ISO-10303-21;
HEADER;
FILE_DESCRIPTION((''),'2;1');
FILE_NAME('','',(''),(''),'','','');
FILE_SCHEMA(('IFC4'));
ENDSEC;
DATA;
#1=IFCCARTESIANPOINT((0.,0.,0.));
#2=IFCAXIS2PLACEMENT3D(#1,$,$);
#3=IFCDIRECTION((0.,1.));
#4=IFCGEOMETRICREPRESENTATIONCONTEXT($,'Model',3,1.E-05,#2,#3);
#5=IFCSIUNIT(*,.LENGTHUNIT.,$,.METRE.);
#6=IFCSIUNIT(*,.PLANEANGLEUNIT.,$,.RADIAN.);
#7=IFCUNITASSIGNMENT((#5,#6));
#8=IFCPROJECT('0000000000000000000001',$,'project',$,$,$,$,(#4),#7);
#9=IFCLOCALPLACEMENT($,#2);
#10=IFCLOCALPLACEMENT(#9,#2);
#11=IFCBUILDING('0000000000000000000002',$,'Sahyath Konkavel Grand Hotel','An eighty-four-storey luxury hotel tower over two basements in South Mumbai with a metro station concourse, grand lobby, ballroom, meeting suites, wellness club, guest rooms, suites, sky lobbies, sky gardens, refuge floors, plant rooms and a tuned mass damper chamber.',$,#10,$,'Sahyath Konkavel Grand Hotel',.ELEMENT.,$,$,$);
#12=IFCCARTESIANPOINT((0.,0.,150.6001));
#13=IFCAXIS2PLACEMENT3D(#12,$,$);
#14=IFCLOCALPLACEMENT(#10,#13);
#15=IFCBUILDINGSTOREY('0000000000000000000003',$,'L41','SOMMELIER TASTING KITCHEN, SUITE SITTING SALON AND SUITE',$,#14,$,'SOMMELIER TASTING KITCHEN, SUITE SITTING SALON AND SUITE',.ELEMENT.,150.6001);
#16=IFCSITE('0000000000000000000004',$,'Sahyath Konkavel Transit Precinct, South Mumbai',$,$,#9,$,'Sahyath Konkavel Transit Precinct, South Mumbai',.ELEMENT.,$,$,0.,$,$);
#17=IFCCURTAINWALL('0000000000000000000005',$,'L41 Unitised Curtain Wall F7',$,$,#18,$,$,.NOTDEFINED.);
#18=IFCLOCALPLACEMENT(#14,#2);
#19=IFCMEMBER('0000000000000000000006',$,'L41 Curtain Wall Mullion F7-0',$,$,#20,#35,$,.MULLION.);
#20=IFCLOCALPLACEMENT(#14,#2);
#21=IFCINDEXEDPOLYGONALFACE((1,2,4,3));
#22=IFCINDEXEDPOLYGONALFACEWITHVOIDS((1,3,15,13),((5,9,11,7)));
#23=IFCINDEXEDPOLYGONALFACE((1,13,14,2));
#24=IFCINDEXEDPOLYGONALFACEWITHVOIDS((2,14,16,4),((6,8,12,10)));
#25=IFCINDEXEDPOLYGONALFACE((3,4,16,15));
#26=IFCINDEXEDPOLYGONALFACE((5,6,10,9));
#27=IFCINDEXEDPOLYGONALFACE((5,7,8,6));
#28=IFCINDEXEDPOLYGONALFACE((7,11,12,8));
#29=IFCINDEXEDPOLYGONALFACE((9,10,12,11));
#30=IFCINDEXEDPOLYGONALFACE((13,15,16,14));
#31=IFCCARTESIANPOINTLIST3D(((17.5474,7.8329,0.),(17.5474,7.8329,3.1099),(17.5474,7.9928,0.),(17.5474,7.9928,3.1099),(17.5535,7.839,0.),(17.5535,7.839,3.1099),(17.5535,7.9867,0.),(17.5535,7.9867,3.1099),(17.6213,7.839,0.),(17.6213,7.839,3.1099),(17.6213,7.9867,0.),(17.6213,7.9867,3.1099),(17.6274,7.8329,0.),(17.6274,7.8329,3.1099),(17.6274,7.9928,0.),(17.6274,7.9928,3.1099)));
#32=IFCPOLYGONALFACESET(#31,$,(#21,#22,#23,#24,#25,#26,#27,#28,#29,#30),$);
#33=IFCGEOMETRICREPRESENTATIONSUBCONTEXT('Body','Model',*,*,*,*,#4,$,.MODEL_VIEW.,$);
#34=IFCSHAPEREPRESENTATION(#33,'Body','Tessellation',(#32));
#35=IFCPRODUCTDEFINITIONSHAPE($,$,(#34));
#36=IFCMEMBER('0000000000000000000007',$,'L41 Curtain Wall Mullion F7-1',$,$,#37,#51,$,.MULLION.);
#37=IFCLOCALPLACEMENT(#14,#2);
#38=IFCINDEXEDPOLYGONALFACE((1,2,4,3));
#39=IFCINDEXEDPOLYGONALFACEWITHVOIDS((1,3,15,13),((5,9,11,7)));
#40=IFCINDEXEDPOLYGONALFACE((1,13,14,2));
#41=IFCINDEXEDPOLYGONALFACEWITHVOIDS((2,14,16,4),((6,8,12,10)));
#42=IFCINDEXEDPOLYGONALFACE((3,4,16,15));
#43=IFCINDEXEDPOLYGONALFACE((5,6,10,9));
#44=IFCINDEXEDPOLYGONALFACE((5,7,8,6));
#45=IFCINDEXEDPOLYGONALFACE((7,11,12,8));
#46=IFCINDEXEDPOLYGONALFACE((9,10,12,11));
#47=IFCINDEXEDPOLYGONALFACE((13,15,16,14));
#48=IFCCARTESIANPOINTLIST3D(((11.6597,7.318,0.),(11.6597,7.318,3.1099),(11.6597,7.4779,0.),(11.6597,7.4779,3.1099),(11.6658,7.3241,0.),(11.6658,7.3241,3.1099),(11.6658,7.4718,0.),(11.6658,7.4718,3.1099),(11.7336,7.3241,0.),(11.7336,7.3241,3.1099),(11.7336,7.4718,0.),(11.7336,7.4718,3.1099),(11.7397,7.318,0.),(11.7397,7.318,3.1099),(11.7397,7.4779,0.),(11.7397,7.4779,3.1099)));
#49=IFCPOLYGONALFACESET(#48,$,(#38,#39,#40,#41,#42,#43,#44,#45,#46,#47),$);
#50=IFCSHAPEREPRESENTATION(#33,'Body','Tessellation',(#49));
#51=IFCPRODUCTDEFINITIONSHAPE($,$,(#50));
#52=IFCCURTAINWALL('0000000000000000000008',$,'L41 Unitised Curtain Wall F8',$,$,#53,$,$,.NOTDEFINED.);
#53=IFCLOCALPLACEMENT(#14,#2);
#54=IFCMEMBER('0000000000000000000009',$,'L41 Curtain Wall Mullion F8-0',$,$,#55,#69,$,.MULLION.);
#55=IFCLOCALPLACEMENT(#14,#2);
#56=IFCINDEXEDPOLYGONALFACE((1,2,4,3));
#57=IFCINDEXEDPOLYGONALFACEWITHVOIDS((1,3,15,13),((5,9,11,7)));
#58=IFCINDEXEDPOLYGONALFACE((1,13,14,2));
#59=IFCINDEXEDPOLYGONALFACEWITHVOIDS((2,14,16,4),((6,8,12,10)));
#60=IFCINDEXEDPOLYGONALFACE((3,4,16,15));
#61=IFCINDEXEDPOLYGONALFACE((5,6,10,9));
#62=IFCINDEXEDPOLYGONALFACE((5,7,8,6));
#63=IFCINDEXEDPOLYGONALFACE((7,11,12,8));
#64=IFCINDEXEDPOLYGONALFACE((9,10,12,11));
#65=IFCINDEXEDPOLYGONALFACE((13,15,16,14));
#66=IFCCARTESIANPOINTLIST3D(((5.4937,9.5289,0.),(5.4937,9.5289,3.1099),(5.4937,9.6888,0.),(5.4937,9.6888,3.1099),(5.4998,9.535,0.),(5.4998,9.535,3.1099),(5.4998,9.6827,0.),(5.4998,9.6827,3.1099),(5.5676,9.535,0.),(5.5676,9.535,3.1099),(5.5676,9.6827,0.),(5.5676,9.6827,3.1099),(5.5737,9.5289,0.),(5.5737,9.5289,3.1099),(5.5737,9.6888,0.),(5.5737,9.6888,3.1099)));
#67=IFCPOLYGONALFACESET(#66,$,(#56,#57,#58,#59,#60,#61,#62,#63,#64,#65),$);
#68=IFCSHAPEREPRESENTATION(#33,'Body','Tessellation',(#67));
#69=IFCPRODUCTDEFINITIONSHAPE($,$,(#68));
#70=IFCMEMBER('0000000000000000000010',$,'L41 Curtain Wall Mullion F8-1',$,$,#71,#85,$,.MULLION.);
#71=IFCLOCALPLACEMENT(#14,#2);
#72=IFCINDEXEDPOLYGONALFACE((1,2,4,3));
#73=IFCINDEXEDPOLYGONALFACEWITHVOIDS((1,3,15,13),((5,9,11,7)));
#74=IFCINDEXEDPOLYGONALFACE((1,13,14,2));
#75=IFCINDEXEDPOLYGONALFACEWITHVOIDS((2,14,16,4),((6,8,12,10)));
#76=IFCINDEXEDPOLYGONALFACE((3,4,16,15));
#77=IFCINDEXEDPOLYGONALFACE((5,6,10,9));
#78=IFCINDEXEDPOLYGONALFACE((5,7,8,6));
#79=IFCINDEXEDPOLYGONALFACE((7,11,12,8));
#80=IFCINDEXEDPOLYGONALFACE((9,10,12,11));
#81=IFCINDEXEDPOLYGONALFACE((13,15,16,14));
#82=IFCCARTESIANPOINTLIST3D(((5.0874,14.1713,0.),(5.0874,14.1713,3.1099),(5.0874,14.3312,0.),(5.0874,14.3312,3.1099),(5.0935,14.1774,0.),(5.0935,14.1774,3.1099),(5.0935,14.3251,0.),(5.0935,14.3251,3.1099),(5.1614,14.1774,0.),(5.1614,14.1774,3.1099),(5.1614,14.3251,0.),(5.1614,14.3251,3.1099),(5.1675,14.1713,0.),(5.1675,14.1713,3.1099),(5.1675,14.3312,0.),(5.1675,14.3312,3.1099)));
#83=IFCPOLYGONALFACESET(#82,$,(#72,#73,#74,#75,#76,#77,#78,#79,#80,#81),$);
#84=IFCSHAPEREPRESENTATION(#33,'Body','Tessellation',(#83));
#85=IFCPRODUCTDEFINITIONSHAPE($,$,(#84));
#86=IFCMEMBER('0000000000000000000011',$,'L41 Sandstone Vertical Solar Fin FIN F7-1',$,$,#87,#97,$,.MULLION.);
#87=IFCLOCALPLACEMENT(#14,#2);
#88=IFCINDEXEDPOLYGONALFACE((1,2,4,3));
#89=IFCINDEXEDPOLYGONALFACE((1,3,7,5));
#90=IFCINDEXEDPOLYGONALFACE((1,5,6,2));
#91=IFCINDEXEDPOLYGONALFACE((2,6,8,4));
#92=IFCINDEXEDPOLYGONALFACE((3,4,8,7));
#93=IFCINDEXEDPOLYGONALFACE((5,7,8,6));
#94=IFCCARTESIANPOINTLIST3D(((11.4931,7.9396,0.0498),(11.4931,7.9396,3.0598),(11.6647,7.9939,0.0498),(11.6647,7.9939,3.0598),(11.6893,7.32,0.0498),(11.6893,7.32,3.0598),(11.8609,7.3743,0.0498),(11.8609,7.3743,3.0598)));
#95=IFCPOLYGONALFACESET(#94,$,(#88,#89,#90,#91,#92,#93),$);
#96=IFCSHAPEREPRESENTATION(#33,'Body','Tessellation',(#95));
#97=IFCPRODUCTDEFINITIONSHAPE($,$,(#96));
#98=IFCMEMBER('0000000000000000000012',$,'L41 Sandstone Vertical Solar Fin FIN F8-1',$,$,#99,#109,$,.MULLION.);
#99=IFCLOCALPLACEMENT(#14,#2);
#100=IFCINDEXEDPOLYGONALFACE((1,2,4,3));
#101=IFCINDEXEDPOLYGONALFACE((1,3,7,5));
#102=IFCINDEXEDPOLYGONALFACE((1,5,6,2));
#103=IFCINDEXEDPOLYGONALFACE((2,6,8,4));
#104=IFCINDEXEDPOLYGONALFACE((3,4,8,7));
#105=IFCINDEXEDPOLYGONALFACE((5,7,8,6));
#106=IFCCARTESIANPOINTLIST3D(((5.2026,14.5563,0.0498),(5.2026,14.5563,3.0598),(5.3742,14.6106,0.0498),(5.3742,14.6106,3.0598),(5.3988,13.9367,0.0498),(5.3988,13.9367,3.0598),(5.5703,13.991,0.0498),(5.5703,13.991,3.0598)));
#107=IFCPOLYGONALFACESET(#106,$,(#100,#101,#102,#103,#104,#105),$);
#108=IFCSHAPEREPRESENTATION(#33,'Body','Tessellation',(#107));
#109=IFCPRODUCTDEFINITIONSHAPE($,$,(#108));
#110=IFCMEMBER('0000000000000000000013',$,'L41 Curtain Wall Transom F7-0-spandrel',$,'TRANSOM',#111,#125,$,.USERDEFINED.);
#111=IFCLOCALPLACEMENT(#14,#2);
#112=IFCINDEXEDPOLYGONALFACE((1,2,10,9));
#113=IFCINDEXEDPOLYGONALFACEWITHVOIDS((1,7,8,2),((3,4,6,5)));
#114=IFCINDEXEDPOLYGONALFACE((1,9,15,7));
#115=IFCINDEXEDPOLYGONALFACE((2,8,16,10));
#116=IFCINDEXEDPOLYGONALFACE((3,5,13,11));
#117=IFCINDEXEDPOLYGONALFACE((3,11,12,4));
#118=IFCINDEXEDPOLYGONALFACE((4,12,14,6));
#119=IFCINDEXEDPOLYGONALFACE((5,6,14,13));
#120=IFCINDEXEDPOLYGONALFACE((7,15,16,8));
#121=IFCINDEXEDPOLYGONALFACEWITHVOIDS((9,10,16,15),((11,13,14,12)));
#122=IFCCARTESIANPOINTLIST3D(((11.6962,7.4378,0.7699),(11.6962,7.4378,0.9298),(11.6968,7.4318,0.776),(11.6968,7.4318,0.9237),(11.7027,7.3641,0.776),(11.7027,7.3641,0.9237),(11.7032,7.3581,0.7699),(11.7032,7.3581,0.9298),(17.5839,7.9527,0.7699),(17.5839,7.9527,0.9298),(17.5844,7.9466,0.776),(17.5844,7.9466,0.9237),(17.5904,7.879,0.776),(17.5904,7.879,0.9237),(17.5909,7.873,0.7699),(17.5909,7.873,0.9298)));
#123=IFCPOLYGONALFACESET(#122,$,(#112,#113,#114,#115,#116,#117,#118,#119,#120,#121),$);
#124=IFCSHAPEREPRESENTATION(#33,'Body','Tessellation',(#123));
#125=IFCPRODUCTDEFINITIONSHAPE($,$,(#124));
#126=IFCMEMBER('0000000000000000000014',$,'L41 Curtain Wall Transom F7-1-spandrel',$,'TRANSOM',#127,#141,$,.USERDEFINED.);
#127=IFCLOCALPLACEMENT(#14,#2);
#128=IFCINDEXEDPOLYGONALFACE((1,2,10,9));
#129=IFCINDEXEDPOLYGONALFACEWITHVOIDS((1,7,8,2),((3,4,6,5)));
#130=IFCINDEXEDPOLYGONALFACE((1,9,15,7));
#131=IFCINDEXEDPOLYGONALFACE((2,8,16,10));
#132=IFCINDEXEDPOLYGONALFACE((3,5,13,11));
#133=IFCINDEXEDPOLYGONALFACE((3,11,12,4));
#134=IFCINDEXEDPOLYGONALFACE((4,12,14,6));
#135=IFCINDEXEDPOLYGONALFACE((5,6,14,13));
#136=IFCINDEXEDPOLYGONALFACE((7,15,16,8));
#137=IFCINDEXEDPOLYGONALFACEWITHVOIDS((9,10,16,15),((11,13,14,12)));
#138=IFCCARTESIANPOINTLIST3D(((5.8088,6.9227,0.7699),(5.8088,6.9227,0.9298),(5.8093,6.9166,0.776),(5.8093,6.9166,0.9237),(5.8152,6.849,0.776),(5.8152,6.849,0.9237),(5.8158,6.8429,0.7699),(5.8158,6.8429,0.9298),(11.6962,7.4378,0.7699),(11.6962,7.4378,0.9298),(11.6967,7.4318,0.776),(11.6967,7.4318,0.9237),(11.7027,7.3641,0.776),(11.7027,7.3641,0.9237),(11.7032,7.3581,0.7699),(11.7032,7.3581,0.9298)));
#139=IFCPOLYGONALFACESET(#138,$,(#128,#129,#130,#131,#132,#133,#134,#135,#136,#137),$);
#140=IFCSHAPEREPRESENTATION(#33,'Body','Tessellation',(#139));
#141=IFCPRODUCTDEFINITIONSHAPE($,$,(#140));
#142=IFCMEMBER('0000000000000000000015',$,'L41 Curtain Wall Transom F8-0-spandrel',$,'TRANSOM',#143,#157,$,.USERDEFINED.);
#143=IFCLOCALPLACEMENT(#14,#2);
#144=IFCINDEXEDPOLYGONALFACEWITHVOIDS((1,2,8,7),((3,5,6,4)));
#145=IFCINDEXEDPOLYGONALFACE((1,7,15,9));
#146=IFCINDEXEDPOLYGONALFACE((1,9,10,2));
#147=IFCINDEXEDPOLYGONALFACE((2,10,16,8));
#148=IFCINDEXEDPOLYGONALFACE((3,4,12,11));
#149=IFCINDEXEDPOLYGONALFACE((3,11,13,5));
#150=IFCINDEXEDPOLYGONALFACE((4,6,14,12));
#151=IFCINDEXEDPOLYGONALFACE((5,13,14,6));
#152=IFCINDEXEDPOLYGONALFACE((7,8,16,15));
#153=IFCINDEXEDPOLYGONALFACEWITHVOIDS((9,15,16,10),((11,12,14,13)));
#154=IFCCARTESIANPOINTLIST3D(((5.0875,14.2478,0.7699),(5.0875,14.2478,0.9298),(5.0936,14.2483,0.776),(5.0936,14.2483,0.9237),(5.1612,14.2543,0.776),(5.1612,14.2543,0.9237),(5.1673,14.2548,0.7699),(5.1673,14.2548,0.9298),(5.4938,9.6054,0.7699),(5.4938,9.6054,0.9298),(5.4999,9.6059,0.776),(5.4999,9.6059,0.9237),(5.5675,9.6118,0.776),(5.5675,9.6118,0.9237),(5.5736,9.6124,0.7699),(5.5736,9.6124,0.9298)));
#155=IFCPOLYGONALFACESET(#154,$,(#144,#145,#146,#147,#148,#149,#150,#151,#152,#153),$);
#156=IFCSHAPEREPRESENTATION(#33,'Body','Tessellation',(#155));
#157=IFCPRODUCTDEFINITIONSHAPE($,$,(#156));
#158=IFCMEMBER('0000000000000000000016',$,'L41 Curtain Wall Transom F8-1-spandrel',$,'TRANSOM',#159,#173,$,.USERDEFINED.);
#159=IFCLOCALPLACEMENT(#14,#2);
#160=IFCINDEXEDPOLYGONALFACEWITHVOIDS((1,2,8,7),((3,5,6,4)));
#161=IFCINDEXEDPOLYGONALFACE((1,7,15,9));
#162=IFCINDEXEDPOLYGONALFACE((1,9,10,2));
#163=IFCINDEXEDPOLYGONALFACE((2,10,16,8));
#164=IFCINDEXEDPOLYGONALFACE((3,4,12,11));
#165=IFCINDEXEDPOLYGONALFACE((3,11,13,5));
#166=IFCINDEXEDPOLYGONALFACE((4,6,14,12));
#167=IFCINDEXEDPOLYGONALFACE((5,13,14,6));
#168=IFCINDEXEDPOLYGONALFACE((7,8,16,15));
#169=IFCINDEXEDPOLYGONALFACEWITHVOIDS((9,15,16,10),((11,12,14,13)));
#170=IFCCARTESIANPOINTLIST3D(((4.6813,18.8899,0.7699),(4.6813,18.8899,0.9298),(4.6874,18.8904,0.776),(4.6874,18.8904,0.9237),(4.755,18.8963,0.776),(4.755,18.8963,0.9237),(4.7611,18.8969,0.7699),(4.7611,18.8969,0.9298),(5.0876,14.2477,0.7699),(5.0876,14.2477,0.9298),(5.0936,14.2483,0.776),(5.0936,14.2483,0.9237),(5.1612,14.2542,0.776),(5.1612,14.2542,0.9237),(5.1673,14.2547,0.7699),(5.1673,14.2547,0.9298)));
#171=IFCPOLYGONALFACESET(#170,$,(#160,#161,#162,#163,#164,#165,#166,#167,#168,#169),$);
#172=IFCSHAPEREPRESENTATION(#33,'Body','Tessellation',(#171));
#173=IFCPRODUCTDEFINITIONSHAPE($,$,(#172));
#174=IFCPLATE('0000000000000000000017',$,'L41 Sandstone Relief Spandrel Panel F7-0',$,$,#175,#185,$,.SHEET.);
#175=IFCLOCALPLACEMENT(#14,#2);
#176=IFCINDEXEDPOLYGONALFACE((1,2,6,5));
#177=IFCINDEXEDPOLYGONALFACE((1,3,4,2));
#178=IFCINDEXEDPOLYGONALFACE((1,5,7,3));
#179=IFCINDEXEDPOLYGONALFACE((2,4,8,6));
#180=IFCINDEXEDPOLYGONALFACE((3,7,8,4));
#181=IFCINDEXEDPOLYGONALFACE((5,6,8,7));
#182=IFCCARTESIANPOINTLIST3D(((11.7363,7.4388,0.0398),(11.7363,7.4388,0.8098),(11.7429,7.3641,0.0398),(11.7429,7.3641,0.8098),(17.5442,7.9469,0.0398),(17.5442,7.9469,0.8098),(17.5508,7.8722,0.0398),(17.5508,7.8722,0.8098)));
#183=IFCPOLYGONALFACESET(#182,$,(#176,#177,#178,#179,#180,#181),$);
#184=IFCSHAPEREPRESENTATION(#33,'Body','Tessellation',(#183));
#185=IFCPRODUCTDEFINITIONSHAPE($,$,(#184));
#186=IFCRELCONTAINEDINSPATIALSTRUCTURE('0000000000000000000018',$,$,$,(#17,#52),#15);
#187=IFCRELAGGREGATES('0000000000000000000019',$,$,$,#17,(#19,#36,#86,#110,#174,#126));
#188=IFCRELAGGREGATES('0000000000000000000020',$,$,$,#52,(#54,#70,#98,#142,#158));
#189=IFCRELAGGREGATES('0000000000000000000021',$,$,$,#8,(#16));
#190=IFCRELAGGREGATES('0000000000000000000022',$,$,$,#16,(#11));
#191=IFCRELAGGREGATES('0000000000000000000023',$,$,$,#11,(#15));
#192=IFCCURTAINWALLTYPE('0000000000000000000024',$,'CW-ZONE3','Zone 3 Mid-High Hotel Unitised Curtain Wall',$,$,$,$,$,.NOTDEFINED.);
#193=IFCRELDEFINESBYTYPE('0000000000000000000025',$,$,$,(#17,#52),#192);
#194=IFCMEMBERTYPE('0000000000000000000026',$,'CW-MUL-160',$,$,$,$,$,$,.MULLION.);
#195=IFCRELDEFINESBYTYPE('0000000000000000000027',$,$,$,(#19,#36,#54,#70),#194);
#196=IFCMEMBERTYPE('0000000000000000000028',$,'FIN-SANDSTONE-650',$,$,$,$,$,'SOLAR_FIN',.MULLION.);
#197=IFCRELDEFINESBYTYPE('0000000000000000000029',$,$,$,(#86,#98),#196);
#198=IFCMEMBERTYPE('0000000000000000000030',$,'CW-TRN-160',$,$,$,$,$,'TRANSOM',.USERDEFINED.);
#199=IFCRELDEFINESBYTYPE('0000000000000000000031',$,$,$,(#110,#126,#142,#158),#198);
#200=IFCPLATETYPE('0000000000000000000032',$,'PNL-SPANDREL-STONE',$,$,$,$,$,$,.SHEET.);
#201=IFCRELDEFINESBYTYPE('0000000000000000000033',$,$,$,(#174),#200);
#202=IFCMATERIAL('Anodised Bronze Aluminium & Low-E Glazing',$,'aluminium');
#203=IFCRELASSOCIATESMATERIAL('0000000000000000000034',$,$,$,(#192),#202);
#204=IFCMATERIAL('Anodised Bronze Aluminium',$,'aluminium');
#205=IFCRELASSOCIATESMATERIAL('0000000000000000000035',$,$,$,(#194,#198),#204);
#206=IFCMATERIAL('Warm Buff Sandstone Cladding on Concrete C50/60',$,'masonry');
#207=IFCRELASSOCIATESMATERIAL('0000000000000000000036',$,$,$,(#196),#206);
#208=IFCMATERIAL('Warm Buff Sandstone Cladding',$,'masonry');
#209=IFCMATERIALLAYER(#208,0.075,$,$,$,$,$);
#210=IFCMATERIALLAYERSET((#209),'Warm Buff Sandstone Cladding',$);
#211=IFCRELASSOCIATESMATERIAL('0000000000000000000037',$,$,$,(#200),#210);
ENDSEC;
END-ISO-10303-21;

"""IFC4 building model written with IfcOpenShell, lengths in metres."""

from ifc_helpers import new_model, si_unit, direction, frame, origin, origin_2d, place, context, subcontext, project, spatial, rectangle, hollow_rectangle, extrude, source, transform, mapped, material, layer, layer_set, material_profile, profile_set, type_object, element, aggregate, save


model = new_model("IFC4")

# Units and contexts
model_context = context("Model", 3, precision=1e-05, world=origin(), true_north=direction((0.0, 1.0)))
body_context = subcontext(model_context, "Body", "Model", "MODEL_VIEW")
ifc_project = project(units=[si_unit("LENGTHUNIT", "METRE"), si_unit("PLANEANGLEUNIT", "RADIAN")], contexts=[model_context])

# Site, building, storey
site_placement = place(None, origin())
site = spatial("IfcSite", under=ifc_project, at=site_placement, Name="Sahyath Konkavel Transit Precinct, South Mumbai", LongName="Sahyath Konkavel Transit Precinct, South Mumbai", CompositionType="ELEMENT", RefElevation=0.0)
building_placement = place(site_placement, origin())
building = spatial("IfcBuilding", under=site, at=building_placement, Name="Sahyath Konkavel Grand Hotel", Description="An eighty-four-storey luxury hotel tower over two basements in South Mumbai with a metro station concourse, grand lobby, ballroom, meeting suites, wellness club, guest rooms, suites, sky lobbies, sky gardens, refuge floors, plant rooms and a tuned mass damper chamber.", LongName="Sahyath Konkavel Grand Hotel", CompositionType="ELEMENT")
storey_placement = place(building_placement, frame((0.0, 0.0, 150.6001)))
storey = spatial("IfcBuildingStorey", under=building, at=storey_placement, Name="L41", Description="SOMMELIER TASTING KITCHEN, SUITE SITTING SALON AND SUITE", LongName="SOMMELIER TASTING KITCHEN, SUITE SITTING SALON AND SUITE", CompositionType="ELEMENT", Elevation=150.6001)

# Curtain walls, members
ifc_material_1 = material(Name="Anodised Bronze Aluminium & Low-E Glazing", Category="aluminium")
curtain_wall_type = type_object("IfcCurtainWallType", Name="CW-ZONE3", Description="Zone 3 Mid-High Hotel Unitised Curtain Wall", PredefinedType="NOTDEFINED", material=ifc_material_1)
curtain_wall_1_placement = place(storey_placement, origin())
curtain_wall_1 = element("IfcCurtainWall", 1, at=curtain_wall_1_placement, inside=storey, type_object=curtain_wall_type, Name="L41 Unitised Curtain Wall F7", PredefinedType="NOTDEFINED")
ifc_material_2 = material(Name="Anodised Bronze Aluminium", Category="aluminium")
ifc_material_profile_1 = material_profile(ifc_material_2, hollow_rectangle(XDim=0.0801, YDim=0.1599, WallThickness=0.0061, at=origin_2d()), Name="RHS 160x80x6")
ifc_profile_set_1 = profile_set([ifc_material_profile_1], Name="Anodised Bronze Aluminium")
member_type_1 = type_object("IfcMemberType", Name="CW-MUL-160", PredefinedType="MULLION", material=ifc_profile_set_1)
shared_shape_1 = source(origin(), body_context, "Body", "SweptSolid", [
    extrude(hollow_rectangle(XDim=0.0801, YDim=0.1599, WallThickness=0.0061, at=origin_2d()), origin(), (0.0, 0.0, 1.0), 3.1099),
])
member_1_placement = place(storey_placement, frame((17.5874, 7.9128, 0.0), z_axis=(0.0, 0.0, 1.0), x_axis=(1.0, 0.0, 0.0)))
member_1 = element("IfcMember", 2, at=member_1_placement, type_object=member_type_1, Name="L41 Curtain Wall Mullion F7-0", PredefinedType="MULLION", context=body_context, shape_type="MappedRepresentation", body=[
    mapped(shared_shape_1, transform((0.0, 0.0, 0.0), scale=1.0)),
])
member_2_placement = place(storey_placement, frame((11.6997, 7.3979, 0.0), z_axis=(0.0, 0.0, 1.0), x_axis=(1.0, 0.0, 0.0)))
member_2 = element("IfcMember", 3, at=member_2_placement, type_object=member_type_1, Name="L41 Curtain Wall Mullion F7-1", PredefinedType="MULLION", context=body_context, shape_type="MappedRepresentation", body=[
    mapped(shared_shape_1, transform((0.0, 0.0, 0.0), scale=1.0)),
])
curtain_wall_2_placement = place(storey_placement, origin())
curtain_wall_2 = element("IfcCurtainWall", 4, at=curtain_wall_2_placement, inside=storey, type_object=curtain_wall_type, Name="L41 Unitised Curtain Wall F8", PredefinedType="NOTDEFINED")
member_3_placement = place(storey_placement, frame((5.5337, 9.6089, 0.0), z_axis=(0.0, 0.0, 1.0), x_axis=(1.0, 0.0, 0.0)))
member_3 = element("IfcMember", 5, at=member_3_placement, type_object=member_type_1, Name="L41 Curtain Wall Mullion F8-0", PredefinedType="MULLION", context=body_context, shape_type="MappedRepresentation", body=[
    mapped(shared_shape_1, transform((0.0, 0.0, 0.0), scale=1.0)),
])
member_4_placement = place(storey_placement, frame((5.1274, 14.2512, 0.0), z_axis=(0.0, 0.0, 1.0), x_axis=(1.0, 0.0, 0.0)))
member_4 = element("IfcMember", 6, at=member_4_placement, type_object=member_type_1, Name="L41 Curtain Wall Mullion F8-1", PredefinedType="MULLION", context=body_context, shape_type="MappedRepresentation", body=[
    mapped(shared_shape_1, transform((0.0, 0.0, 0.0), scale=1.0)),
])

# Members
ifc_material_3 = material(Name="Warm Buff Sandstone Cladding on Concrete C50/60", Category="masonry")
ifc_material_profile_2 = material_profile(ifc_material_3, rectangle(XDim=0.1799, YDim=0.6499, at=origin_2d()), Name="FIN 180x650")
ifc_profile_set_2 = profile_set([ifc_material_profile_2], Name="Warm Buff Sandstone Cladding on Concrete C50/60")
member_type_2 = type_object("IfcMemberType", Name="FIN-SANDSTONE-650", ElementType="SOLAR_FIN", PredefinedType="MULLION", material=ifc_profile_set_2)
shared_shape_2 = source(origin(), body_context, "Body", "SweptSolid", [
    extrude(rectangle(XDim=0.1799, YDim=0.6499, at=origin_2d()), origin(), (0.0, 0.0, 1.0), 3.01),
])
member_5_placement = place(storey_placement, frame((11.677, 7.657, 0.0498), z_axis=(0.0, 0.0, 1.0), x_axis=(0.953349, 0.301871, 0.0)))
member_5 = element("IfcMember", 7, at=member_5_placement, type_object=member_type_2, Name="L41 Sandstone Vertical Solar Fin FIN F7-1", PredefinedType="MULLION", context=body_context, shape_type="MappedRepresentation", body=[
    mapped(shared_shape_2, transform((0.0, 0.0, 0.0), scale=1.0)),
])
member_6_placement = place(storey_placement, frame((5.3865, 14.2737, 0.0498), z_axis=(0.0, 0.0, 1.0), x_axis=(0.953349, 0.301871, 0.0)))
member_6 = element("IfcMember", 8, at=member_6_placement, type_object=member_type_2, Name="L41 Sandstone Vertical Solar Fin FIN F8-1", PredefinedType="MULLION", context=body_context, shape_type="MappedRepresentation", body=[
    mapped(shared_shape_2, transform((0.0, 0.0, 0.0), scale=1.0)),
])
ifc_material_profile_3 = material_profile(ifc_material_2, hollow_rectangle(XDim=0.0801, YDim=0.1599, WallThickness=0.0061, at=origin_2d()), Name="RHS 160x80x6")
ifc_profile_set_3 = profile_set([ifc_material_profile_3], Name="Anodised Bronze Aluminium")
member_type_3 = type_object("IfcMemberType", Name="CW-TRN-160", ElementType="TRANSOM", PredefinedType="USERDEFINED", material=ifc_profile_set_3)
shared_shape_3 = source(origin(), body_context, "Body", "SweptSolid", [
    extrude(hollow_rectangle(XDim=0.0801, YDim=0.1599, WallThickness=0.0061, at=origin_2d()), origin(), (0.0, 0.0, 1.0), 5.9102),
])
member_7_placement = place(storey_placement, frame((17.5874, 7.9128, 0.8499), z_axis=(-0.996198, -0.08712, 0.0), x_axis=(0.08712, -0.996198, 0.0)))
member_7 = element("IfcMember", 9, at=member_7_placement, type_object=member_type_3, Name="L41 Curtain Wall Transom F7-0-spandrel", ObjectType="TRANSOM", PredefinedType="USERDEFINED", context=body_context, shape_type="MappedRepresentation", body=[
    mapped(shared_shape_3, transform((0.0, 0.0, 0.0), scale=1.0)),
])
shared_shape_4 = source(origin(), body_context, "Body", "SweptSolid", [
    extrude(hollow_rectangle(XDim=0.0801, YDim=0.1599, WallThickness=0.0061, at=origin_2d()), origin(), (0.0, 0.0, 1.0), 5.9099),
])
member_8_placement = place(storey_placement, frame((11.6997, 7.3979, 0.8499), z_axis=(-0.996194, -0.087164, 0.0), x_axis=(0.087164, -0.996194, 0.0)))
member_8 = element("IfcMember", 10, at=member_8_placement, type_object=member_type_3, Name="L41 Curtain Wall Transom F7-1-spandrel", ObjectType="TRANSOM", PredefinedType="USERDEFINED", context=body_context, shape_type="MappedRepresentation", body=[
    mapped(shared_shape_4, transform((0.0, 0.0, 0.0), scale=1.0)),
])
shared_shape_5 = source(origin(), body_context, "Body", "SweptSolid", [
    extrude(hollow_rectangle(XDim=0.0801, YDim=0.1599, WallThickness=0.0061, at=origin_2d()), origin(), (0.0, 0.0, 1.0), 4.6602),
])
member_9_placement = place(storey_placement, frame((5.5337, 9.6089, 0.8499), z_axis=(-0.087177, 0.996193, 0.0), x_axis=(-0.996193, -0.087177, 0.0)))
member_9 = element("IfcMember", 11, at=member_9_placement, type_object=member_type_3, Name="L41 Curtain Wall Transom F8-0-spandrel", ObjectType="TRANSOM", PredefinedType="USERDEFINED", context=body_context, shape_type="MappedRepresentation", body=[
    mapped(shared_shape_5, transform((0.0, 0.0, 0.0), scale=1.0)),
])
shared_shape_6 = source(origin(), body_context, "Body", "SweptSolid", [
    extrude(hollow_rectangle(XDim=0.0801, YDim=0.1599, WallThickness=0.0061, at=origin_2d()), origin(), (0.0, 0.0, 1.0), 4.6599),
])
member_10_placement = place(storey_placement, frame((5.1274, 14.2512, 0.8499), z_axis=(-0.087181, 0.996192, 0.0), x_axis=(-0.996192, -0.087181, 0.0)))
member_10 = element("IfcMember", 12, at=member_10_placement, type_object=member_type_3, Name="L41 Curtain Wall Transom F8-1-spandrel", ObjectType="TRANSOM", PredefinedType="USERDEFINED", context=body_context, shape_type="MappedRepresentation", body=[
    mapped(shared_shape_6, transform((0.0, 0.0, 0.0), scale=1.0)),
])

# Plate
ifc_material_4 = material(Name="Warm Buff Sandstone Cladding", Category="masonry")
ifc_layer_1 = layer(ifc_material_4, 0.075)
ifc_layer_set_1 = layer_set([ifc_layer_1], Name="Warm Buff Sandstone Cladding")
plate_type_1 = type_object("IfcPlateType", Name="PNL-SPANDREL-STONE", PredefinedType="SHEET", material=ifc_layer_set_1)
shared_shape_7 = source(origin(), body_context, "Body", "SweptSolid", [
    extrude(rectangle(XDim=5.8301, YDim=0.075, at=origin_2d()), origin(), (0.0, 0.0, 1.0), 0.77),
])
plate_1_placement = place(storey_placement, frame((14.6436, 7.6555, 0.0398), z_axis=(0.0, 0.0, 1.0), x_axis=(-0.996195, -0.087156, 0.0)))
plate_1 = element("IfcPlate", 13, at=plate_1_placement, type_object=plate_type_1, Name="L41 Sandstone Relief Spandrel Panel F7-0", PredefinedType="SHEET", context=body_context, shape_type="MappedRepresentation", body=[
    mapped(shared_shape_7, transform((0.0, 0.0, 0.0), scale=1.0)),
])
aggregate(curtain_wall_1, [member_1, member_2, member_5, member_7, plate_1, member_8])
aggregate(curtain_wall_2, [member_3, member_4, member_6, member_9, member_10])

save(model, "model.ifc")
